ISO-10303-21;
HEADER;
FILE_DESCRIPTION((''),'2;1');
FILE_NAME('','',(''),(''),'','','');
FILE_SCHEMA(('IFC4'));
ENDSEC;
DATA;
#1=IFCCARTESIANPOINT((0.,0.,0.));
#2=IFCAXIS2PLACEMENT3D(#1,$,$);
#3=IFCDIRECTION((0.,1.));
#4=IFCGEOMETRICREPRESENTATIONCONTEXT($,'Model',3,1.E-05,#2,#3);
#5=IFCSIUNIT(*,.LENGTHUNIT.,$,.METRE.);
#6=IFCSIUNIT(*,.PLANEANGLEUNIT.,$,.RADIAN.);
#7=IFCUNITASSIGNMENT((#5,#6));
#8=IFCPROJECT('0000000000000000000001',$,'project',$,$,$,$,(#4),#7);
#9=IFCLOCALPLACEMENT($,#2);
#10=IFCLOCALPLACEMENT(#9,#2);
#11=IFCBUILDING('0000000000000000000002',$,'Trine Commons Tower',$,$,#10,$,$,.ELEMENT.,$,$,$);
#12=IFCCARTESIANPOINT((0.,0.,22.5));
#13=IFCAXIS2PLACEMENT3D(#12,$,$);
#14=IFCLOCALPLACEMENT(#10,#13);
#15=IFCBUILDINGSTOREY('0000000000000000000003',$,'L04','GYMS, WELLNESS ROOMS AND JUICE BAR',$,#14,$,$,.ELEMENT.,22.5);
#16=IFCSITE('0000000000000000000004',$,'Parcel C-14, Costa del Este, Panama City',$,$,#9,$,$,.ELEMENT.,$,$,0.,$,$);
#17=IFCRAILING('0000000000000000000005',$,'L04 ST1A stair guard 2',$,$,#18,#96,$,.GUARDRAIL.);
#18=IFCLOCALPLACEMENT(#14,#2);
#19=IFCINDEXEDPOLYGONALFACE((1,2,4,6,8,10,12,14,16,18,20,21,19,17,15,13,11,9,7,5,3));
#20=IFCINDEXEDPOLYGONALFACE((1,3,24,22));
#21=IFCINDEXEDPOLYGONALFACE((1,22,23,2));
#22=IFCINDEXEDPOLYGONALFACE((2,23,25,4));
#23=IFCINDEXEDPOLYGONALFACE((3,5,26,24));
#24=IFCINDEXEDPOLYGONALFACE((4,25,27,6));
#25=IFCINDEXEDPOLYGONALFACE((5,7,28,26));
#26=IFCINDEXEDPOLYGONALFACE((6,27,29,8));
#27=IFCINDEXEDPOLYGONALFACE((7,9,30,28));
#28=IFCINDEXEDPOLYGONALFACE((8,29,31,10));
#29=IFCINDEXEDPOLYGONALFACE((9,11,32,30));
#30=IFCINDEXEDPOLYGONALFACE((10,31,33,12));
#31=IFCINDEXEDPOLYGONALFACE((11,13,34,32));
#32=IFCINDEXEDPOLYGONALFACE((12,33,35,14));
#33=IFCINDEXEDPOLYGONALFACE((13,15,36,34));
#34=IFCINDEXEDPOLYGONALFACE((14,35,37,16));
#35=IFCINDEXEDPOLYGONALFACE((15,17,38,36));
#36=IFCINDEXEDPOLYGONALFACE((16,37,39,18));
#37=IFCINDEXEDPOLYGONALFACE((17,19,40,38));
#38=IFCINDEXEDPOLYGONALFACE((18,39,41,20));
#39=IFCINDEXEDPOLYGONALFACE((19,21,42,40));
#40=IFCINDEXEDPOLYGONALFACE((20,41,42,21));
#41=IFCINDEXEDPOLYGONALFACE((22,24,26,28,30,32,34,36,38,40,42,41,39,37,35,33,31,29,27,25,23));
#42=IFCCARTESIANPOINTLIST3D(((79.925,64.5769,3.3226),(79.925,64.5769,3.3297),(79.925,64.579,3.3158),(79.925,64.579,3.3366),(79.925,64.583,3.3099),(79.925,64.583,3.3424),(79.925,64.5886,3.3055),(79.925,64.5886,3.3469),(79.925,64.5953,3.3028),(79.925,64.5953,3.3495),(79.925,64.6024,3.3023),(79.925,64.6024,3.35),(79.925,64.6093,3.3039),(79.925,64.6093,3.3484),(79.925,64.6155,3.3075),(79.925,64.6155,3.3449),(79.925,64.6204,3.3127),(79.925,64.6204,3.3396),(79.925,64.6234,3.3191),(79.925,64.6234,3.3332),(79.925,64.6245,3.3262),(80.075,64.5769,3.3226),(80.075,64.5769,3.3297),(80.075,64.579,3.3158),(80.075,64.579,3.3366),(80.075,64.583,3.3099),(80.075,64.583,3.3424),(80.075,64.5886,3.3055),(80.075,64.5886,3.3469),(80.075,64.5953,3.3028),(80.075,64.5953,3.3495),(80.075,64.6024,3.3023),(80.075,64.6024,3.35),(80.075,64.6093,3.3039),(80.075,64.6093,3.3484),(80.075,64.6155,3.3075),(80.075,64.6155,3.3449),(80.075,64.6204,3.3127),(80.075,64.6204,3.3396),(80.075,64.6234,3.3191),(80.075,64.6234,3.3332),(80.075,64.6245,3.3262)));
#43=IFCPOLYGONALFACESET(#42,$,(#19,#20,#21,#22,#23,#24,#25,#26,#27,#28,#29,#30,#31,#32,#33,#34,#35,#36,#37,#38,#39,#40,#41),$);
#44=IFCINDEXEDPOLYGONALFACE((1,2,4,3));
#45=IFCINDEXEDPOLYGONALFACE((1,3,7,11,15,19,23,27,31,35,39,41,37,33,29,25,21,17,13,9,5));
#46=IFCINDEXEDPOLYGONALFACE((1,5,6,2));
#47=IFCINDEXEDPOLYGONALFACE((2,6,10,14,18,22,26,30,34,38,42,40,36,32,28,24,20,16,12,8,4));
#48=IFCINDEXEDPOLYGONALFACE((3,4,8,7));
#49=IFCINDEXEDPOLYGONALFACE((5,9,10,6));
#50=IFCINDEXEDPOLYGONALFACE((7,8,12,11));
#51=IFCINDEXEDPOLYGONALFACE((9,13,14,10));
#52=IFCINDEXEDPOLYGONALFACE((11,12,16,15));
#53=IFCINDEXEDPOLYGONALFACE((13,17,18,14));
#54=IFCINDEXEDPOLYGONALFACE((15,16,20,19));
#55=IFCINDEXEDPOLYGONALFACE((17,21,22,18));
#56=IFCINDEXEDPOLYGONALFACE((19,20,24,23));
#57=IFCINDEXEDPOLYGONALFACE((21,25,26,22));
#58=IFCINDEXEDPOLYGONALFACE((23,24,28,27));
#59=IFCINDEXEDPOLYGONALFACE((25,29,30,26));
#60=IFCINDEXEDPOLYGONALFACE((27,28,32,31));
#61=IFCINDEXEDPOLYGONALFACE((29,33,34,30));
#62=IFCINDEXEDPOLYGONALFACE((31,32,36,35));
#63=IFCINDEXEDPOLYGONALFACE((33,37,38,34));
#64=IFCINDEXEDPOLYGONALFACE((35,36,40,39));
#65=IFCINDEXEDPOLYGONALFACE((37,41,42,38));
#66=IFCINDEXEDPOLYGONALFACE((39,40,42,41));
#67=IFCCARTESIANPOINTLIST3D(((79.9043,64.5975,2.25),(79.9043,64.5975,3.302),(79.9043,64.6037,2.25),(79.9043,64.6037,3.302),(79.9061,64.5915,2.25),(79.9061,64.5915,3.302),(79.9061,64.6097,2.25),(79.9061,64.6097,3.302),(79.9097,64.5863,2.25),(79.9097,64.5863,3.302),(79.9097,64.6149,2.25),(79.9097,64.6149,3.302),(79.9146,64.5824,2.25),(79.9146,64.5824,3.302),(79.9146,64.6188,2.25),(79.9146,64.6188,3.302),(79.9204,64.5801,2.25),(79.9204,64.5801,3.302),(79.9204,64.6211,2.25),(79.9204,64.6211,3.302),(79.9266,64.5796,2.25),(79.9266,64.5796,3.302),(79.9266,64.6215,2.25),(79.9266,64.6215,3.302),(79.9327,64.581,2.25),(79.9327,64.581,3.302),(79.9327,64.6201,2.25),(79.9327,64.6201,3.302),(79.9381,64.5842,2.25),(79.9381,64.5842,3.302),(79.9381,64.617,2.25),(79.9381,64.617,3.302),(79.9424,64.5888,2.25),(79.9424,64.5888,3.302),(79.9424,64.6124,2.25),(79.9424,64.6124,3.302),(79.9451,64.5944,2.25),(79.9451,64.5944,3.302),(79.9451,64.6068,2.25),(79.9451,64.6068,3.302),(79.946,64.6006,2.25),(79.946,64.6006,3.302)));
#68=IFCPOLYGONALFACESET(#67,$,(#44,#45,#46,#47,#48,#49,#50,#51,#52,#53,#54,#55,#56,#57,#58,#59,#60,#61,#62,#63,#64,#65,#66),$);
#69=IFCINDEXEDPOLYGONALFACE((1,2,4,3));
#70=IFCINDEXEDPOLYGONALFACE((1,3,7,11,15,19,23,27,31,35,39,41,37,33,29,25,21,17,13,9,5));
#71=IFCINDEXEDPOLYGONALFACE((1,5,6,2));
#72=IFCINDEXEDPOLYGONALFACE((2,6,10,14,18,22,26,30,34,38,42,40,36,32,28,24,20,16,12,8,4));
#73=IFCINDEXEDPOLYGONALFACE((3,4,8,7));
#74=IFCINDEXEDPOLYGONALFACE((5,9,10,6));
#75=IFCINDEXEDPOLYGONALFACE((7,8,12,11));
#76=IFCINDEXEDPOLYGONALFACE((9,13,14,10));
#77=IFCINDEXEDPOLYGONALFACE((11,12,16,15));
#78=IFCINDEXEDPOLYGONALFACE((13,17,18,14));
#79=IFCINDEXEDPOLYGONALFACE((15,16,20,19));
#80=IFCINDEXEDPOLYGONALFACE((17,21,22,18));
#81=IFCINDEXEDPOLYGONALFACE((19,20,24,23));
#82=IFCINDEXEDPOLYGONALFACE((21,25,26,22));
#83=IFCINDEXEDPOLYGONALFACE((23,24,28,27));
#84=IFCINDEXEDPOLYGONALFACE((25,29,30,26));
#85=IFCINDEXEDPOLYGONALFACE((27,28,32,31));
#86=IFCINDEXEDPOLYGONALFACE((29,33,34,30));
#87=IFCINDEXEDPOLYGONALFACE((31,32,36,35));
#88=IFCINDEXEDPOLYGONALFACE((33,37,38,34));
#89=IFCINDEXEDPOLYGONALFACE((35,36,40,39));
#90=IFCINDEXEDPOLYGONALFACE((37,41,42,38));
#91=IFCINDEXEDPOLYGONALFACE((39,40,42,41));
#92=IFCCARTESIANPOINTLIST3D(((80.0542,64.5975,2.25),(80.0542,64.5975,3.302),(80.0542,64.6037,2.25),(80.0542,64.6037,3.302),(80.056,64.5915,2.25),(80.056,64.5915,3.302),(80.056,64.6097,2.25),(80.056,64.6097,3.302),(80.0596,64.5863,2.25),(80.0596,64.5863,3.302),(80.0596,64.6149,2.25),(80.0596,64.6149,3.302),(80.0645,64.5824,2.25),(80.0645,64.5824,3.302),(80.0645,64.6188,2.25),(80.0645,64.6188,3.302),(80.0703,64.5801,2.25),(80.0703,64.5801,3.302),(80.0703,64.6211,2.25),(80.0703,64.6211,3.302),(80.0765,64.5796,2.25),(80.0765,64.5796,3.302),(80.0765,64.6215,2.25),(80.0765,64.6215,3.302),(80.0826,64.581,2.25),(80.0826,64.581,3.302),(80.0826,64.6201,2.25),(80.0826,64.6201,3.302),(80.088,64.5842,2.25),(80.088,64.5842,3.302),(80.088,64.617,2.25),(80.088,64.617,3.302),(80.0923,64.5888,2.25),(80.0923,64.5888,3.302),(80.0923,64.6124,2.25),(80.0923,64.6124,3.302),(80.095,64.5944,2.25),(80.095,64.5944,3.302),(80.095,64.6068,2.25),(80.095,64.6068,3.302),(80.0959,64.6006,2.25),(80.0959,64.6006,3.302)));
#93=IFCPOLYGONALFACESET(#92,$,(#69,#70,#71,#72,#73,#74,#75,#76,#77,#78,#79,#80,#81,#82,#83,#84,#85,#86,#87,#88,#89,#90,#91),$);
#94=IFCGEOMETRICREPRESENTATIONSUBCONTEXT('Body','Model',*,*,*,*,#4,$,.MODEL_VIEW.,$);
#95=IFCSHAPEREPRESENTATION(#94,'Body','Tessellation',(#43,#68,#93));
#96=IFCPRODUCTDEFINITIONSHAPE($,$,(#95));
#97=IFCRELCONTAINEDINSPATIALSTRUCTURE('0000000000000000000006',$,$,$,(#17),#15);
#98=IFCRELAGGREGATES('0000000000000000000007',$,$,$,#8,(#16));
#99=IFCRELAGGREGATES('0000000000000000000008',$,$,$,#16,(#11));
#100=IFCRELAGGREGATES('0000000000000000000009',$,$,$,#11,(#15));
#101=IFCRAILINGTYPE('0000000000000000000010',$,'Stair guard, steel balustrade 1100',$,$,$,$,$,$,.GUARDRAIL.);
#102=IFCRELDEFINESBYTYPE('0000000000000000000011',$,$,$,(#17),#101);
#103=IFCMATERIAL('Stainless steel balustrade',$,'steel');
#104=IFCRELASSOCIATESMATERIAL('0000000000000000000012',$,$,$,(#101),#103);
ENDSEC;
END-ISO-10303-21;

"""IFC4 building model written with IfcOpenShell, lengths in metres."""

from ifc_helpers import new_model, si_unit, direction, frame, origin, origin_2d, place, context, subcontext, project, spatial, circle, extrude, material, type_object, element, save


model = new_model("IFC4")

# Units and contexts
model_context = context("Model", 3, precision=1e-05, world=origin(), true_north=direction((0.0, 1.0)))
body_context = subcontext(model_context, "Body", "Model", "MODEL_VIEW")
ifc_project = project(units=[si_unit("LENGTHUNIT", "METRE"), si_unit("PLANEANGLEUNIT", "RADIAN")], contexts=[model_context])

# Site, building, storey
site_placement = place(None, origin())
site = spatial("IfcSite", under=ifc_project, at=site_placement, Name="Parcel C-14, Costa del Este, Panama City", CompositionType="ELEMENT", RefElevation=0.0)
building_placement = place(site_placement, origin())
building = spatial("IfcBuilding", under=site, at=building_placement, Name="Trine Commons Tower", CompositionType="ELEMENT")
storey_placement = place(building_placement, frame((0.0, 0.0, 22.5)))
storey = spatial("IfcBuildingStorey", under=building, at=storey_placement, Name="L04", Description="GYMS, WELLNESS ROOMS AND JUICE BAR", CompositionType="ELEMENT", Elevation=22.5)

# Railing
ifc_material_1 = material(Name="Stainless steel balustrade", Category="steel")
railing_type_1 = type_object("IfcRailingType", Name="Stair guard, steel balustrade 1100", PredefinedType="GUARDRAIL", material=ifc_material_1)
railing_1_placement = place(storey_placement, frame((79.925, 64.6006, 2.25)))
element("IfcRailing", 1, at=railing_1_placement, inside=storey, type_object=railing_type_1, Name="L04 ST1A stair guard 2", PredefinedType="GUARDRAIL", context=body_context, shape_type="SweptSolid", body=[
    extrude(circle(Radius=0.0239, at=origin_2d()), frame((0.0, 0.0, 1.0762), z_axis=(1.0, 0.0, 0.0), x_axis=(0.0, 1.0, 0.0)), (0.0, 0.0, 1.0), 0.1499),
    extrude(circle(Radius=0.021, at=origin_2d()), origin(), (0.0, 0.0, 1.0), 1.052),
    extrude(circle(Radius=0.021, at=origin_2d()), frame((0.1499, 0.0, 0.0)), (0.0, 0.0, 1.0), 1.052),
])

save(model, "model.ifc")
